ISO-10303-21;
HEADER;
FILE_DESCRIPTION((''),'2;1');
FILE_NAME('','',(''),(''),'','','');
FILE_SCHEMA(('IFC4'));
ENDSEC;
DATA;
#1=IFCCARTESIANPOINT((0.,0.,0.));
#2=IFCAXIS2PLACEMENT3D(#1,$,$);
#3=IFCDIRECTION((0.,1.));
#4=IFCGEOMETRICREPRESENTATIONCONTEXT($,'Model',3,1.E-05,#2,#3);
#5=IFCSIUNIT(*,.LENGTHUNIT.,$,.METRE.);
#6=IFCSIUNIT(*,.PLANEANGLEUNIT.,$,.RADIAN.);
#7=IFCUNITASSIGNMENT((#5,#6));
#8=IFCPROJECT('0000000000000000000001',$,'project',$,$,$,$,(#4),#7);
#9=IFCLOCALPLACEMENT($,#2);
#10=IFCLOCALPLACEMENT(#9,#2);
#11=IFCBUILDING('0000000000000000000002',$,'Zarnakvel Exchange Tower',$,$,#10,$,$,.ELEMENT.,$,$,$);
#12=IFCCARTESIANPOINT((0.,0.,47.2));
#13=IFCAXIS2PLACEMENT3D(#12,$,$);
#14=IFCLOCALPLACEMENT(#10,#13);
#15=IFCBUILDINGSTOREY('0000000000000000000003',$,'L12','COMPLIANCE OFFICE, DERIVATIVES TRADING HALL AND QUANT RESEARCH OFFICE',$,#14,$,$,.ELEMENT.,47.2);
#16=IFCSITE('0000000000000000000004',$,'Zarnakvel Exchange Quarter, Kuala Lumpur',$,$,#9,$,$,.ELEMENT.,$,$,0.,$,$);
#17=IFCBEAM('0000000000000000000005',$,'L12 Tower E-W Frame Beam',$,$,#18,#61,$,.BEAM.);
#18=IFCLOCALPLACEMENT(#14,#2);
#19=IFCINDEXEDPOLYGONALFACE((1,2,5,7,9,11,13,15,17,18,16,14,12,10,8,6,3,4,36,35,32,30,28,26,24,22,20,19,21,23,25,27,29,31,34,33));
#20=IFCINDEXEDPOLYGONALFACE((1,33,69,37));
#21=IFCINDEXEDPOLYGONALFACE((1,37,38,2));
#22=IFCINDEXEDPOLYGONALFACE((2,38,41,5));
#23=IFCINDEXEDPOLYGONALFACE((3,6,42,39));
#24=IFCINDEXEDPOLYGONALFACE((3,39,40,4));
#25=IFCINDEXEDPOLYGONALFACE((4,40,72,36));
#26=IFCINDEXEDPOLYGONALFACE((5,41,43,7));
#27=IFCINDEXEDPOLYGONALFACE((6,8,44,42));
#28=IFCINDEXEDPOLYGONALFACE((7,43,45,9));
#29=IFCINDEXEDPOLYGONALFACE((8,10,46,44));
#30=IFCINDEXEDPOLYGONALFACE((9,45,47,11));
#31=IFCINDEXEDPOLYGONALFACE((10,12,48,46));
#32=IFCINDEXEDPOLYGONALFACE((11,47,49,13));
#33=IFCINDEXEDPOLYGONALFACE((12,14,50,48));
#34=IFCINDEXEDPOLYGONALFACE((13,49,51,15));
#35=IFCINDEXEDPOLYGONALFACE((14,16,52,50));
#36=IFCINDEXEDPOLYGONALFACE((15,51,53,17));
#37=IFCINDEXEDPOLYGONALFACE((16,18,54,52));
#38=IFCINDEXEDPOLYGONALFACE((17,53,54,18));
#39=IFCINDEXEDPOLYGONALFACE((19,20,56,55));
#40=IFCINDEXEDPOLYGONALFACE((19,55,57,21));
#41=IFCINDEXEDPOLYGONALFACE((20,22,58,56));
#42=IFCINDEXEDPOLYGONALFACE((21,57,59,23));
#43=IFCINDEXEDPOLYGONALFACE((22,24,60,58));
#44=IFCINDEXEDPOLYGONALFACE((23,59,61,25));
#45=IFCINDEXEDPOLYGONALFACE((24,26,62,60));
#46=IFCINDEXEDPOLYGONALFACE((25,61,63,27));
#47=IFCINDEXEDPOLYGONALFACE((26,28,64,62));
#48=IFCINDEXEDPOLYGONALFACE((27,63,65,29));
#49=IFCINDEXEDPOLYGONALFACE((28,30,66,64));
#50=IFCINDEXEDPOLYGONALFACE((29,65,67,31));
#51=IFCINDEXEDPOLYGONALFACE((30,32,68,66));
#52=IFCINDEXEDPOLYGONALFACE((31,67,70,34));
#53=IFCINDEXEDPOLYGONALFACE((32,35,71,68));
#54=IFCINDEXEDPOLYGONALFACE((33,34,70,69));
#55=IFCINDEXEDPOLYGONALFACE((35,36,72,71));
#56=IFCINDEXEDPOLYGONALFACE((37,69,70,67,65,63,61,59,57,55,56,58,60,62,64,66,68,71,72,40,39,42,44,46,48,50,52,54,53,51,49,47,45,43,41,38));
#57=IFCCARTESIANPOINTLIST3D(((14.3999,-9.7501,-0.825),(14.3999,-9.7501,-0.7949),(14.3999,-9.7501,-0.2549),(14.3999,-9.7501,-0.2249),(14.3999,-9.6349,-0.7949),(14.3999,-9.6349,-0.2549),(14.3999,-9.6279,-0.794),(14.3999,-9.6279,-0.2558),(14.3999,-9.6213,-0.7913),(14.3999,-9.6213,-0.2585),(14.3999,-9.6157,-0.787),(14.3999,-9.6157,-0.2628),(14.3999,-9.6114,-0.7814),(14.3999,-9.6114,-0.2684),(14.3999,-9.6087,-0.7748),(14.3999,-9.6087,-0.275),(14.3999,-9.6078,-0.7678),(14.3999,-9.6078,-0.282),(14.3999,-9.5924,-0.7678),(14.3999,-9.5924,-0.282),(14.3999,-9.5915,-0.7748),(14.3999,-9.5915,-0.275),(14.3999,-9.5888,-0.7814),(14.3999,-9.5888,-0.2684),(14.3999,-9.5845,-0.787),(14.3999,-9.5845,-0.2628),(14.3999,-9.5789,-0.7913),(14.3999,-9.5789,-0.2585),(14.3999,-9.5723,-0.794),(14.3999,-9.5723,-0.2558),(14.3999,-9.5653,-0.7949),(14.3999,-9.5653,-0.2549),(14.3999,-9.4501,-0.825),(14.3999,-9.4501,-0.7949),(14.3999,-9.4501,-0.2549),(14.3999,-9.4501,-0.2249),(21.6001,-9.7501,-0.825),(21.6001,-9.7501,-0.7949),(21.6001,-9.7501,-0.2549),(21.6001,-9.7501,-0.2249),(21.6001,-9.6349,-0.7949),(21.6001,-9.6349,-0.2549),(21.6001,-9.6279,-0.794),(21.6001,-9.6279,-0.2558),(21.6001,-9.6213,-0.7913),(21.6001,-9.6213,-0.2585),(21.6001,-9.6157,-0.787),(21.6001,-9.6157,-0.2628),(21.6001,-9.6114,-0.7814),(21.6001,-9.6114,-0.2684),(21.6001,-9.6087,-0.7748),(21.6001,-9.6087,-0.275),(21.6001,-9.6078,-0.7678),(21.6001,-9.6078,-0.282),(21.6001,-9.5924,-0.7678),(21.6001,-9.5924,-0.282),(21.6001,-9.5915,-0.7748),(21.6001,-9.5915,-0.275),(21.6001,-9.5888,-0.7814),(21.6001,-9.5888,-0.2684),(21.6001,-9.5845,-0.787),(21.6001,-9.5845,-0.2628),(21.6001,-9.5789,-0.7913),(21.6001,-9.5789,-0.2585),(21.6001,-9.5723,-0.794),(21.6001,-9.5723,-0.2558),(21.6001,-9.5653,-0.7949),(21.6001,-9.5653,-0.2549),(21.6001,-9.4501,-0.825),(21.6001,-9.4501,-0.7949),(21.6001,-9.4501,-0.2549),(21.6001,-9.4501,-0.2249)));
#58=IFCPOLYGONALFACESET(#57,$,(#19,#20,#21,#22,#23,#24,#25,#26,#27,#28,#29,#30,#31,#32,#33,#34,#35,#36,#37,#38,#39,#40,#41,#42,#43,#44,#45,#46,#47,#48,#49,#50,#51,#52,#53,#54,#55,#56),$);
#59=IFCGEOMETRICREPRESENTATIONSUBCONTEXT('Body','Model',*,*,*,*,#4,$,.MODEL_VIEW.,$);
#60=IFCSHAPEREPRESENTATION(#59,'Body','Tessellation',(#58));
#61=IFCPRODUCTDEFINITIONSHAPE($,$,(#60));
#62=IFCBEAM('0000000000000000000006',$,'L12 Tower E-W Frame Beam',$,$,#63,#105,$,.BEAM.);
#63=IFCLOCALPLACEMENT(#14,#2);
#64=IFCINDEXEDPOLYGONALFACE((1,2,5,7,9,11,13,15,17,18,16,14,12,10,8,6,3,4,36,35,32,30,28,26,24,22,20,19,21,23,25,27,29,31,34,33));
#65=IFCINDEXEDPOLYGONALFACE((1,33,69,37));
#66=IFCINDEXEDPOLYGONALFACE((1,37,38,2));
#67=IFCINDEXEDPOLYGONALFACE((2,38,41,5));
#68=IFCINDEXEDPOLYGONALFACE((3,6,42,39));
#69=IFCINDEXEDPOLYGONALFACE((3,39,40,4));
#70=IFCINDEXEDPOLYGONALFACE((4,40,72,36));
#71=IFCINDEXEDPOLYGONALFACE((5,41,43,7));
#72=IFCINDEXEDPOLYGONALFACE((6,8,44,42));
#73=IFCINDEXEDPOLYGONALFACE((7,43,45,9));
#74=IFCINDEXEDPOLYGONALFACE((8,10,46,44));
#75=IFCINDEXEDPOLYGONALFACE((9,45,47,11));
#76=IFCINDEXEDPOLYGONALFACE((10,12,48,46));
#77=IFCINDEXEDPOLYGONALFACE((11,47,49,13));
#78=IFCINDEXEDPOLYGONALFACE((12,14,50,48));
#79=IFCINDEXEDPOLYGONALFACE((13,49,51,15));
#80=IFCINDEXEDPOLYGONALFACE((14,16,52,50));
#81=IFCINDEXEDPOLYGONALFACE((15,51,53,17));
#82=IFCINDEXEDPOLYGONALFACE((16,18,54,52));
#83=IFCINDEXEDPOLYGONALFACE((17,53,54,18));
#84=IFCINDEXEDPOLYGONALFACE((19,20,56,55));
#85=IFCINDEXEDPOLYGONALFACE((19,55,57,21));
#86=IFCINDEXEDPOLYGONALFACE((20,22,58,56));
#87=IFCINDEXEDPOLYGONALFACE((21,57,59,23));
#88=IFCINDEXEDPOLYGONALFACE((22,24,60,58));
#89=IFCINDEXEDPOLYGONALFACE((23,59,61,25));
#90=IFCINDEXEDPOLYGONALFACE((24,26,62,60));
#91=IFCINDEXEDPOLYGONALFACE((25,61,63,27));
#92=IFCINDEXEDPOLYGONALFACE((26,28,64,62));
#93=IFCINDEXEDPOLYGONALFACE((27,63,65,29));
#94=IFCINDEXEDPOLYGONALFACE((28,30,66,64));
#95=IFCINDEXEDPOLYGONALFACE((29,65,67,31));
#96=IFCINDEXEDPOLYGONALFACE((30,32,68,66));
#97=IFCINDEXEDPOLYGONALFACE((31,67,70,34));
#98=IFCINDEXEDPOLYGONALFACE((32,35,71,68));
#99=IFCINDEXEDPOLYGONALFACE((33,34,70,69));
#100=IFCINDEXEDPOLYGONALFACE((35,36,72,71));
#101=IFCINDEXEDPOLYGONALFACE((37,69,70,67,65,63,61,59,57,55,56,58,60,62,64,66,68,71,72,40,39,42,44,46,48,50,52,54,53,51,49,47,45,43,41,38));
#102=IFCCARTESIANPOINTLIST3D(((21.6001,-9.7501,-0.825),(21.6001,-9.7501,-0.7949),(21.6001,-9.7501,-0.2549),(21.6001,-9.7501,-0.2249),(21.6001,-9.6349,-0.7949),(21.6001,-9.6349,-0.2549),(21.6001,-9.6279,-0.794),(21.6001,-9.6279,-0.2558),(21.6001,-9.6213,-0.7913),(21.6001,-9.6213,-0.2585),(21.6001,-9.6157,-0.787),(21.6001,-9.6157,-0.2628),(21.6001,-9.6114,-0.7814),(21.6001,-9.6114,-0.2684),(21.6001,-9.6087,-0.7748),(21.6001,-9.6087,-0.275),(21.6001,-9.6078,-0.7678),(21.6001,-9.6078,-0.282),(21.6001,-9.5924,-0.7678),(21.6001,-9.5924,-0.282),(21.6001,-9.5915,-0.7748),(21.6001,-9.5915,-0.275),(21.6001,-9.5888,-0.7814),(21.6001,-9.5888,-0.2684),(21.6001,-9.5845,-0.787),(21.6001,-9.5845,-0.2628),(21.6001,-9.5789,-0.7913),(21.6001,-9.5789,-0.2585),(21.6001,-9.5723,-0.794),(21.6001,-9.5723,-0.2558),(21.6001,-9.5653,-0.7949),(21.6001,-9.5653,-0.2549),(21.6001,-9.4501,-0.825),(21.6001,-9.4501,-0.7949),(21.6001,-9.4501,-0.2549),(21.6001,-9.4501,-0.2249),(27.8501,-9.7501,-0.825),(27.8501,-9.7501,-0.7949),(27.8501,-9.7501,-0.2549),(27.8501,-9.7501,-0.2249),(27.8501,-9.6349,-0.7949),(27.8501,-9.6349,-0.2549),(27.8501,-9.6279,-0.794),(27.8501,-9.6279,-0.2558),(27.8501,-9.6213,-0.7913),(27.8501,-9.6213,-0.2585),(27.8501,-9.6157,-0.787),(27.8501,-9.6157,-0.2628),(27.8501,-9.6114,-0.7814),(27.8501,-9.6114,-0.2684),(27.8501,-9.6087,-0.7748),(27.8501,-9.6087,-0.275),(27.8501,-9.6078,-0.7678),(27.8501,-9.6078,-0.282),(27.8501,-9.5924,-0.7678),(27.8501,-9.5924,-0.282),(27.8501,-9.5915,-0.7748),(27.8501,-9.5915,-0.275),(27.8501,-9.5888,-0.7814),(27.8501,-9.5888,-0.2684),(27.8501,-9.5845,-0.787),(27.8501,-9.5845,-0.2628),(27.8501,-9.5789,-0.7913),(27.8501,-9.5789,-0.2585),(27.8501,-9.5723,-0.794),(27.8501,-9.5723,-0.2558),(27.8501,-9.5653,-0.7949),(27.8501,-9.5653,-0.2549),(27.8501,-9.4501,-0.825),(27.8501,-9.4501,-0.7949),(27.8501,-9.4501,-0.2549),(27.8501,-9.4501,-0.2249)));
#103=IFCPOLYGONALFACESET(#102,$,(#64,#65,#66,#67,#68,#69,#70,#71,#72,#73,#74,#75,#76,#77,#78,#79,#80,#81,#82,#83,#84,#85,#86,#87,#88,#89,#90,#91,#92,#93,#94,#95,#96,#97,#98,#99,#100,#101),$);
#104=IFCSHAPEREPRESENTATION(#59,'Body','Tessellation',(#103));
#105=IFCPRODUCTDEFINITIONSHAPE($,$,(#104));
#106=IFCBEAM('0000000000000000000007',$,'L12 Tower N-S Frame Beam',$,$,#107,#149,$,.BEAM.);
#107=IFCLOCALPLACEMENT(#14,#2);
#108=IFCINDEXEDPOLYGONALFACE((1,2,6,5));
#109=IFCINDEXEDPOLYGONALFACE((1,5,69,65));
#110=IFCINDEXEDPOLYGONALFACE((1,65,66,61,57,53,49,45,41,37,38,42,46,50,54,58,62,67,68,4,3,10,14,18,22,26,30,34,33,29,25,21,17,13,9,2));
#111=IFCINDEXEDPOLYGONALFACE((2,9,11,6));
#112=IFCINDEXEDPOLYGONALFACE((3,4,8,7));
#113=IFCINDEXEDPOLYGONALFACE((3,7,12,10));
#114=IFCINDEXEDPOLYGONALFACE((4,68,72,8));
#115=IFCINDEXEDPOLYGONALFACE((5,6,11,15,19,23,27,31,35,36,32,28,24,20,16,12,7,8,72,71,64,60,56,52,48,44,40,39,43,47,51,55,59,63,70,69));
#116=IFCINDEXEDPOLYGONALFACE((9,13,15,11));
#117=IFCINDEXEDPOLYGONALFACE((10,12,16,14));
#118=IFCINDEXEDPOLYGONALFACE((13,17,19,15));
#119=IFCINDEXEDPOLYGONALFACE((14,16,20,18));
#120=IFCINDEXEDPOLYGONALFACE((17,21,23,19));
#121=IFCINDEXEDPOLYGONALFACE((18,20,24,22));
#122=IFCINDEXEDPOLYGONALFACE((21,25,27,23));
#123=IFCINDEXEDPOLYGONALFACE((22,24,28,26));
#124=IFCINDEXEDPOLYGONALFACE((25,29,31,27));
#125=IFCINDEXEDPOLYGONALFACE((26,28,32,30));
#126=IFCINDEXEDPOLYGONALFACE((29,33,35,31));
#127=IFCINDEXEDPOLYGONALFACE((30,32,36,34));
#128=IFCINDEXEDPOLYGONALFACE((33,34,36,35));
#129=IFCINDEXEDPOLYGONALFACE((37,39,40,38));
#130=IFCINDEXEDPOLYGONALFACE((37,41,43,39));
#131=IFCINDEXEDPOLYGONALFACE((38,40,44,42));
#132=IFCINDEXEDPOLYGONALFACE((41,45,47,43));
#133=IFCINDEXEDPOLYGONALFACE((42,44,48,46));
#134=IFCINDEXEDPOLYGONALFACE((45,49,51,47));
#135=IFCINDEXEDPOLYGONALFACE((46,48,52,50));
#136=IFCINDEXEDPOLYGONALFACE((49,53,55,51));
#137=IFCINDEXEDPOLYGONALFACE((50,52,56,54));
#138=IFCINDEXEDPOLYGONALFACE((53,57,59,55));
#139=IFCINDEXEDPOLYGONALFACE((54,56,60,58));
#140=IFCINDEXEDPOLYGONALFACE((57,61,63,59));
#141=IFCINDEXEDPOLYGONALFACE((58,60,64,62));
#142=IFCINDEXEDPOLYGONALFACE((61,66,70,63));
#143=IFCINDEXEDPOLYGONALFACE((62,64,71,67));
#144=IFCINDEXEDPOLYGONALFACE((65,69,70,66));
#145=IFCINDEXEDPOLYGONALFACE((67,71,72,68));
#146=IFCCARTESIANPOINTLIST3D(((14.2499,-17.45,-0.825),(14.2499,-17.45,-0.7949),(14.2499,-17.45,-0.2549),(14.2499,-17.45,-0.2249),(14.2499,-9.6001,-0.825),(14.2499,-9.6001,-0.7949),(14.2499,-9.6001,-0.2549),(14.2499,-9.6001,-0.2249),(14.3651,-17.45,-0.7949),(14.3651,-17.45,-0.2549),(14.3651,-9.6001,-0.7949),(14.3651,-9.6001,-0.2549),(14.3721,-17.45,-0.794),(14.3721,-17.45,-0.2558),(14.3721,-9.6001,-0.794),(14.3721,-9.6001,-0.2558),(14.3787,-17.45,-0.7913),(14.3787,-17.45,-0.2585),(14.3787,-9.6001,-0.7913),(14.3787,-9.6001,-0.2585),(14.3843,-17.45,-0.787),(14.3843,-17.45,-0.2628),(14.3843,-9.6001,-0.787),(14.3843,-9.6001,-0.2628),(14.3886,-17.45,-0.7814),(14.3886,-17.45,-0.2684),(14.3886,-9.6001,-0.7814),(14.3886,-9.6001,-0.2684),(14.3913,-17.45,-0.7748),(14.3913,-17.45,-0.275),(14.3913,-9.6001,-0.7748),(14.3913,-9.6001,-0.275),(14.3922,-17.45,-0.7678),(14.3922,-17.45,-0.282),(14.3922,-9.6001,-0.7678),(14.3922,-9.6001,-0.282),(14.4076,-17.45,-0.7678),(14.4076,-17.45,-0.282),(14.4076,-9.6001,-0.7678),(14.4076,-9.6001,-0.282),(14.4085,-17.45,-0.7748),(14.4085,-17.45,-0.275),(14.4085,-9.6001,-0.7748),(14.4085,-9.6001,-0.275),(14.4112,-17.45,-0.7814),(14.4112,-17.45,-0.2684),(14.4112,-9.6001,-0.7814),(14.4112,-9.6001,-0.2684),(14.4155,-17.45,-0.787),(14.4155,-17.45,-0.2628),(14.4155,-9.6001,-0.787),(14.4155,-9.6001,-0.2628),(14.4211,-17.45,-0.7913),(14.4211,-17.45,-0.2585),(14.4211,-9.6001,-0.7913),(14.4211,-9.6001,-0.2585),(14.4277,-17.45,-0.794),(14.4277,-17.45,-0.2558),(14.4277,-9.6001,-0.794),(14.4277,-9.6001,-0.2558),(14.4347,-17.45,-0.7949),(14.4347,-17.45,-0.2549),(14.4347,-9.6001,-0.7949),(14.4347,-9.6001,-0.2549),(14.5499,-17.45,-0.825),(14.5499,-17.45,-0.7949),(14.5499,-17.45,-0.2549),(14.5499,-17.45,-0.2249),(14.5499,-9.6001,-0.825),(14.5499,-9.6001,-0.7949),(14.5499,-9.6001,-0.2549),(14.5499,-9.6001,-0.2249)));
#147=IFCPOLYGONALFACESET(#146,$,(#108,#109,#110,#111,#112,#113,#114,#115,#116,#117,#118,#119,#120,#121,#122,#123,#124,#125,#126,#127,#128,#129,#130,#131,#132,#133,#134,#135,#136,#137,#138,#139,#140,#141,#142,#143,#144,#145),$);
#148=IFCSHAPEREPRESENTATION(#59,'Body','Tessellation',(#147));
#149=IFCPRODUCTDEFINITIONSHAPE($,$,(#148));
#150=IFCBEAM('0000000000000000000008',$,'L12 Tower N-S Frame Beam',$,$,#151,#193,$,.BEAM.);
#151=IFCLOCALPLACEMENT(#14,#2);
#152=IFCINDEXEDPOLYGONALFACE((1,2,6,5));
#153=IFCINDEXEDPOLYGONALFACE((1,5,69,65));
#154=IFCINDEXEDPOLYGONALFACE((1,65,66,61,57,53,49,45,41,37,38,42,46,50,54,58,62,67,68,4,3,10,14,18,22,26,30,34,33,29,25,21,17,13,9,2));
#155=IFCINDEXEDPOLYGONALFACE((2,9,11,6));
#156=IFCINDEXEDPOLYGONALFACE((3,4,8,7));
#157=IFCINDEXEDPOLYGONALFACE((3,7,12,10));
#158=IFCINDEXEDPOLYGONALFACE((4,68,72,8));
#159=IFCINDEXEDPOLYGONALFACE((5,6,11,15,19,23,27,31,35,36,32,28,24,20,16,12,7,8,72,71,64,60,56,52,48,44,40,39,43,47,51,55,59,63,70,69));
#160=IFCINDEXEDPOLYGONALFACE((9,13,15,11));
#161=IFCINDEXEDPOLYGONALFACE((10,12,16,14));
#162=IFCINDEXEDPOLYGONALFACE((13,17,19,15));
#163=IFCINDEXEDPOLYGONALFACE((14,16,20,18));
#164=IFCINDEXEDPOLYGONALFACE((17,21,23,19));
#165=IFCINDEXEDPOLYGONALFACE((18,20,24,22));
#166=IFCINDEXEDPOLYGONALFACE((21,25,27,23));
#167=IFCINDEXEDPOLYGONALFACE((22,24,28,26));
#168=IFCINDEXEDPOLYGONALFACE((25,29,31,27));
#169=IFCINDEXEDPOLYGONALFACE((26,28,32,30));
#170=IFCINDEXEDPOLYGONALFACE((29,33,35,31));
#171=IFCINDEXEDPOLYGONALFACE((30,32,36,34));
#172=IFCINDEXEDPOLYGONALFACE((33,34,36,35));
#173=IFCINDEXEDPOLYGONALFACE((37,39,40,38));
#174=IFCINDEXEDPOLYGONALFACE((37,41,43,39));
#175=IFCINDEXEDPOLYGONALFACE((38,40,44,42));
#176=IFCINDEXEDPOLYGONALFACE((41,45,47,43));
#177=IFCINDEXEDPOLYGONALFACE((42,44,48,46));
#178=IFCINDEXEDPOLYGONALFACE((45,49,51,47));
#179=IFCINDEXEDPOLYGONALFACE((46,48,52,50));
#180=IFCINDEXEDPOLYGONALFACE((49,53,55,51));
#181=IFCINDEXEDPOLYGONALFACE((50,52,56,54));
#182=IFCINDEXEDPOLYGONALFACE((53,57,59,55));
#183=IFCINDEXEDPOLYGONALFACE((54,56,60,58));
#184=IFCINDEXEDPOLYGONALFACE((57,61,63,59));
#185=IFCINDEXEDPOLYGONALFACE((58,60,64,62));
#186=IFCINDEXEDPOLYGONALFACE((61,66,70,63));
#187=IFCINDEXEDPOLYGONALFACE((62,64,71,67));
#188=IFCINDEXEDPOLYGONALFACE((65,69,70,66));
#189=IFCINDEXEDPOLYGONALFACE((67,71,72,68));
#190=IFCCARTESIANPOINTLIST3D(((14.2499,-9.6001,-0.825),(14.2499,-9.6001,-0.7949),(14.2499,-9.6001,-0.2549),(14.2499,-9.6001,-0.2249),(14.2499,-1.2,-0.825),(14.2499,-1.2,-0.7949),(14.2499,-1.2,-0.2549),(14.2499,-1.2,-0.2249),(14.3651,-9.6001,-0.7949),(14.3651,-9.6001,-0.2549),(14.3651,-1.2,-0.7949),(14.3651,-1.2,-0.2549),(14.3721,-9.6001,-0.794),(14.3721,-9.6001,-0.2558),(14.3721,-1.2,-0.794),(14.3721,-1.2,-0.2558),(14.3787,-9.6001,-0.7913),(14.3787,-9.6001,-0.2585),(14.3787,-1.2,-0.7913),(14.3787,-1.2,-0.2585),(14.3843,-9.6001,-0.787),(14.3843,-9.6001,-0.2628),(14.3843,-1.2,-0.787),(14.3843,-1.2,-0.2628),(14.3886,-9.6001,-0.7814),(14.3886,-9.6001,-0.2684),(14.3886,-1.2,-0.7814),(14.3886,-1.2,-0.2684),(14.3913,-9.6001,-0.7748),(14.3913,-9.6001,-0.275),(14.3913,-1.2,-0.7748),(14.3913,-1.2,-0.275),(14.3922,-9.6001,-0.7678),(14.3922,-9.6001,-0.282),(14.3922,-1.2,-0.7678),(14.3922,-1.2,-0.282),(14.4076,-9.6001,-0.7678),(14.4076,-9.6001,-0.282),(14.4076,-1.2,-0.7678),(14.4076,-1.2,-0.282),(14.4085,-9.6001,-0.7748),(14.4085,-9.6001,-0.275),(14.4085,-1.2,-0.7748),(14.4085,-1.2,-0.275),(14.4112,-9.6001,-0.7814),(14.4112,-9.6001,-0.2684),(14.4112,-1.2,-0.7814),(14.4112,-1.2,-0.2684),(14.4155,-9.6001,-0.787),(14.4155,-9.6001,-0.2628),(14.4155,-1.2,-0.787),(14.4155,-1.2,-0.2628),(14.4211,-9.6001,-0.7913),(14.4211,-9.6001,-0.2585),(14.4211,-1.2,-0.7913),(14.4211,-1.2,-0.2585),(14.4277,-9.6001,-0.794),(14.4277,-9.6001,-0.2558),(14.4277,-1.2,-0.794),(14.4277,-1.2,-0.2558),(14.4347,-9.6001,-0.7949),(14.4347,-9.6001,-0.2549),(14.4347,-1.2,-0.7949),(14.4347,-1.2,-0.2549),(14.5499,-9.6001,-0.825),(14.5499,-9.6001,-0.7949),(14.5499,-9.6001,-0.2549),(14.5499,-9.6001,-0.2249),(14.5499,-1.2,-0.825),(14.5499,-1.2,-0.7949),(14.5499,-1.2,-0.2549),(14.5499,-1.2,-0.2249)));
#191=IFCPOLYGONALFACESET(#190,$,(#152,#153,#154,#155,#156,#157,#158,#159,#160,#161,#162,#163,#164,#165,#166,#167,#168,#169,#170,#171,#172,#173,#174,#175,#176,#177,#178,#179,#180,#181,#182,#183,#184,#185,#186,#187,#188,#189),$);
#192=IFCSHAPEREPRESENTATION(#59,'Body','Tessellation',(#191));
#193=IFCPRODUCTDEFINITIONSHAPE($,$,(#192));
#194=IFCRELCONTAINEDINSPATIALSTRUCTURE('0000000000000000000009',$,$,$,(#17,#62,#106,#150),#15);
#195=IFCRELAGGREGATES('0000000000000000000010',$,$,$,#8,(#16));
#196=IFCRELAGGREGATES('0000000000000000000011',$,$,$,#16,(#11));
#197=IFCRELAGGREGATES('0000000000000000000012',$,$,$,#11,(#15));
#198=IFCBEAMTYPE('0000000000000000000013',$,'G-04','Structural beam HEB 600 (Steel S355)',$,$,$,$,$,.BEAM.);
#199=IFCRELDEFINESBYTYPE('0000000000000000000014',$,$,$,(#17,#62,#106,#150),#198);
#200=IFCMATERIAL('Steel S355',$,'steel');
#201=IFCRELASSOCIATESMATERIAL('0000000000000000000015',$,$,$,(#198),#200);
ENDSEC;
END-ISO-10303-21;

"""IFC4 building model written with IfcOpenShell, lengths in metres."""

from ifc_helpers import new_model, si_unit, direction, frame, origin, origin_2d, place, context, subcontext, project, spatial, i_section, extrude, material, material_profile, profile_set, type_object, element, save


model = new_model("IFC4")

# Units and contexts
model_context = context("Model", 3, precision=1e-05, world=origin(), true_north=direction((0.0, 1.0)))
body_context = subcontext(model_context, "Body", "Model", "MODEL_VIEW")
ifc_project = project(units=[si_unit("LENGTHUNIT", "METRE"), si_unit("PLANEANGLEUNIT", "RADIAN")], contexts=[model_context])

# Site, building, storey
site_placement = place(None, origin())
site = spatial("IfcSite", under=ifc_project, at=site_placement, Name="Zarnakvel Exchange Quarter, Kuala Lumpur", CompositionType="ELEMENT", RefElevation=0.0)
building_placement = place(site_placement, origin())
building = spatial("IfcBuilding", under=site, at=building_placement, Name="Zarnakvel Exchange Tower", CompositionType="ELEMENT")
storey_placement = place(building_placement, frame((0.0, 0.0, 47.2)))
storey = spatial("IfcBuildingStorey", under=building, at=storey_placement, Name="L12", Description="COMPLIANCE OFFICE, DERIVATIVES TRADING HALL AND QUANT RESEARCH OFFICE", CompositionType="ELEMENT", Elevation=47.2)

# Shared definitions
ifc_material_1 = material(Name="Steel S355", Category="steel")

# Beams
ifc_material_profile_1 = material_profile(ifc_material_1, i_section(OverallWidth=0.3, OverallDepth=0.6001, WebThickness=0.0154, FlangeThickness=0.03, FilletRadius=0.0271, at=origin_2d()))
ifc_profile_set_1 = profile_set([ifc_material_profile_1], Name="Steel S355")
beam_type_1 = type_object("IfcBeamType", Name="G-04", Description="Structural beam HEB 600 (Steel S355)", PredefinedType="BEAM", material=ifc_profile_set_1)
beam_1_placement = place(storey_placement, frame((14.3999, -9.6001, -0.5249), z_axis=(1.0, 0.0, 0.0), x_axis=(0.0, 1.0, 0.0)))
element("IfcBeam", 1, at=beam_1_placement, inside=storey, type_object=beam_type_1, Name="L12 Tower E-W Frame Beam", PredefinedType="BEAM", context=body_context, shape_type="SweptSolid", body=[
    extrude(i_section(OverallWidth=0.3, OverallDepth=0.6001, WebThickness=0.0154, FlangeThickness=0.03, FilletRadius=0.0271, at=origin_2d()), origin(), (0.0, 0.0, 1.0), 7.2002),
])
beam_2_placement = place(storey_placement, frame((21.6001, -9.6001, -0.5249), z_axis=(1.0, 0.0, 0.0), x_axis=(0.0, 1.0, 0.0)))
element("IfcBeam", 2, at=beam_2_placement, inside=storey, type_object=beam_type_1, Name="L12 Tower E-W Frame Beam", PredefinedType="BEAM", context=body_context, shape_type="SweptSolid", body=[
    extrude(i_section(OverallWidth=0.3, OverallDepth=0.6001, WebThickness=0.0154, FlangeThickness=0.03, FilletRadius=0.0271, at=origin_2d()), origin(), (0.0, 0.0, 1.0), 6.25),
])
beam_3_placement = place(storey_placement, frame((14.3999, -17.45, -0.5249), z_axis=(0.0, 1.0, 0.0), x_axis=(-1.0, 0.0, 0.0)))
element("IfcBeam", 3, at=beam_3_placement, inside=storey, type_object=beam_type_1, Name="L12 Tower N-S Frame Beam", PredefinedType="BEAM", context=body_context, shape_type="SweptSolid", body=[
    extrude(i_section(OverallWidth=0.3, OverallDepth=0.6001, WebThickness=0.0154, FlangeThickness=0.03, FilletRadius=0.0271, at=origin_2d()), origin(), (0.0, 0.0, 1.0), 7.8499),
])
beam_4_placement = place(storey_placement, frame((14.3999, -9.6001, -0.5249), z_axis=(0.0, 1.0, 0.0), x_axis=(-1.0, 0.0, 0.0)))
element("IfcBeam", 4, at=beam_4_placement, inside=storey, type_object=beam_type_1, Name="L12 Tower N-S Frame Beam", PredefinedType="BEAM", context=body_context, shape_type="SweptSolid", body=[
    extrude(i_section(OverallWidth=0.3, OverallDepth=0.6001, WebThickness=0.0154, FlangeThickness=0.03, FilletRadius=0.0271, at=origin_2d()), origin(), (0.0, 0.0, 1.0), 8.4001),
])

save(model, "model.ifc")
